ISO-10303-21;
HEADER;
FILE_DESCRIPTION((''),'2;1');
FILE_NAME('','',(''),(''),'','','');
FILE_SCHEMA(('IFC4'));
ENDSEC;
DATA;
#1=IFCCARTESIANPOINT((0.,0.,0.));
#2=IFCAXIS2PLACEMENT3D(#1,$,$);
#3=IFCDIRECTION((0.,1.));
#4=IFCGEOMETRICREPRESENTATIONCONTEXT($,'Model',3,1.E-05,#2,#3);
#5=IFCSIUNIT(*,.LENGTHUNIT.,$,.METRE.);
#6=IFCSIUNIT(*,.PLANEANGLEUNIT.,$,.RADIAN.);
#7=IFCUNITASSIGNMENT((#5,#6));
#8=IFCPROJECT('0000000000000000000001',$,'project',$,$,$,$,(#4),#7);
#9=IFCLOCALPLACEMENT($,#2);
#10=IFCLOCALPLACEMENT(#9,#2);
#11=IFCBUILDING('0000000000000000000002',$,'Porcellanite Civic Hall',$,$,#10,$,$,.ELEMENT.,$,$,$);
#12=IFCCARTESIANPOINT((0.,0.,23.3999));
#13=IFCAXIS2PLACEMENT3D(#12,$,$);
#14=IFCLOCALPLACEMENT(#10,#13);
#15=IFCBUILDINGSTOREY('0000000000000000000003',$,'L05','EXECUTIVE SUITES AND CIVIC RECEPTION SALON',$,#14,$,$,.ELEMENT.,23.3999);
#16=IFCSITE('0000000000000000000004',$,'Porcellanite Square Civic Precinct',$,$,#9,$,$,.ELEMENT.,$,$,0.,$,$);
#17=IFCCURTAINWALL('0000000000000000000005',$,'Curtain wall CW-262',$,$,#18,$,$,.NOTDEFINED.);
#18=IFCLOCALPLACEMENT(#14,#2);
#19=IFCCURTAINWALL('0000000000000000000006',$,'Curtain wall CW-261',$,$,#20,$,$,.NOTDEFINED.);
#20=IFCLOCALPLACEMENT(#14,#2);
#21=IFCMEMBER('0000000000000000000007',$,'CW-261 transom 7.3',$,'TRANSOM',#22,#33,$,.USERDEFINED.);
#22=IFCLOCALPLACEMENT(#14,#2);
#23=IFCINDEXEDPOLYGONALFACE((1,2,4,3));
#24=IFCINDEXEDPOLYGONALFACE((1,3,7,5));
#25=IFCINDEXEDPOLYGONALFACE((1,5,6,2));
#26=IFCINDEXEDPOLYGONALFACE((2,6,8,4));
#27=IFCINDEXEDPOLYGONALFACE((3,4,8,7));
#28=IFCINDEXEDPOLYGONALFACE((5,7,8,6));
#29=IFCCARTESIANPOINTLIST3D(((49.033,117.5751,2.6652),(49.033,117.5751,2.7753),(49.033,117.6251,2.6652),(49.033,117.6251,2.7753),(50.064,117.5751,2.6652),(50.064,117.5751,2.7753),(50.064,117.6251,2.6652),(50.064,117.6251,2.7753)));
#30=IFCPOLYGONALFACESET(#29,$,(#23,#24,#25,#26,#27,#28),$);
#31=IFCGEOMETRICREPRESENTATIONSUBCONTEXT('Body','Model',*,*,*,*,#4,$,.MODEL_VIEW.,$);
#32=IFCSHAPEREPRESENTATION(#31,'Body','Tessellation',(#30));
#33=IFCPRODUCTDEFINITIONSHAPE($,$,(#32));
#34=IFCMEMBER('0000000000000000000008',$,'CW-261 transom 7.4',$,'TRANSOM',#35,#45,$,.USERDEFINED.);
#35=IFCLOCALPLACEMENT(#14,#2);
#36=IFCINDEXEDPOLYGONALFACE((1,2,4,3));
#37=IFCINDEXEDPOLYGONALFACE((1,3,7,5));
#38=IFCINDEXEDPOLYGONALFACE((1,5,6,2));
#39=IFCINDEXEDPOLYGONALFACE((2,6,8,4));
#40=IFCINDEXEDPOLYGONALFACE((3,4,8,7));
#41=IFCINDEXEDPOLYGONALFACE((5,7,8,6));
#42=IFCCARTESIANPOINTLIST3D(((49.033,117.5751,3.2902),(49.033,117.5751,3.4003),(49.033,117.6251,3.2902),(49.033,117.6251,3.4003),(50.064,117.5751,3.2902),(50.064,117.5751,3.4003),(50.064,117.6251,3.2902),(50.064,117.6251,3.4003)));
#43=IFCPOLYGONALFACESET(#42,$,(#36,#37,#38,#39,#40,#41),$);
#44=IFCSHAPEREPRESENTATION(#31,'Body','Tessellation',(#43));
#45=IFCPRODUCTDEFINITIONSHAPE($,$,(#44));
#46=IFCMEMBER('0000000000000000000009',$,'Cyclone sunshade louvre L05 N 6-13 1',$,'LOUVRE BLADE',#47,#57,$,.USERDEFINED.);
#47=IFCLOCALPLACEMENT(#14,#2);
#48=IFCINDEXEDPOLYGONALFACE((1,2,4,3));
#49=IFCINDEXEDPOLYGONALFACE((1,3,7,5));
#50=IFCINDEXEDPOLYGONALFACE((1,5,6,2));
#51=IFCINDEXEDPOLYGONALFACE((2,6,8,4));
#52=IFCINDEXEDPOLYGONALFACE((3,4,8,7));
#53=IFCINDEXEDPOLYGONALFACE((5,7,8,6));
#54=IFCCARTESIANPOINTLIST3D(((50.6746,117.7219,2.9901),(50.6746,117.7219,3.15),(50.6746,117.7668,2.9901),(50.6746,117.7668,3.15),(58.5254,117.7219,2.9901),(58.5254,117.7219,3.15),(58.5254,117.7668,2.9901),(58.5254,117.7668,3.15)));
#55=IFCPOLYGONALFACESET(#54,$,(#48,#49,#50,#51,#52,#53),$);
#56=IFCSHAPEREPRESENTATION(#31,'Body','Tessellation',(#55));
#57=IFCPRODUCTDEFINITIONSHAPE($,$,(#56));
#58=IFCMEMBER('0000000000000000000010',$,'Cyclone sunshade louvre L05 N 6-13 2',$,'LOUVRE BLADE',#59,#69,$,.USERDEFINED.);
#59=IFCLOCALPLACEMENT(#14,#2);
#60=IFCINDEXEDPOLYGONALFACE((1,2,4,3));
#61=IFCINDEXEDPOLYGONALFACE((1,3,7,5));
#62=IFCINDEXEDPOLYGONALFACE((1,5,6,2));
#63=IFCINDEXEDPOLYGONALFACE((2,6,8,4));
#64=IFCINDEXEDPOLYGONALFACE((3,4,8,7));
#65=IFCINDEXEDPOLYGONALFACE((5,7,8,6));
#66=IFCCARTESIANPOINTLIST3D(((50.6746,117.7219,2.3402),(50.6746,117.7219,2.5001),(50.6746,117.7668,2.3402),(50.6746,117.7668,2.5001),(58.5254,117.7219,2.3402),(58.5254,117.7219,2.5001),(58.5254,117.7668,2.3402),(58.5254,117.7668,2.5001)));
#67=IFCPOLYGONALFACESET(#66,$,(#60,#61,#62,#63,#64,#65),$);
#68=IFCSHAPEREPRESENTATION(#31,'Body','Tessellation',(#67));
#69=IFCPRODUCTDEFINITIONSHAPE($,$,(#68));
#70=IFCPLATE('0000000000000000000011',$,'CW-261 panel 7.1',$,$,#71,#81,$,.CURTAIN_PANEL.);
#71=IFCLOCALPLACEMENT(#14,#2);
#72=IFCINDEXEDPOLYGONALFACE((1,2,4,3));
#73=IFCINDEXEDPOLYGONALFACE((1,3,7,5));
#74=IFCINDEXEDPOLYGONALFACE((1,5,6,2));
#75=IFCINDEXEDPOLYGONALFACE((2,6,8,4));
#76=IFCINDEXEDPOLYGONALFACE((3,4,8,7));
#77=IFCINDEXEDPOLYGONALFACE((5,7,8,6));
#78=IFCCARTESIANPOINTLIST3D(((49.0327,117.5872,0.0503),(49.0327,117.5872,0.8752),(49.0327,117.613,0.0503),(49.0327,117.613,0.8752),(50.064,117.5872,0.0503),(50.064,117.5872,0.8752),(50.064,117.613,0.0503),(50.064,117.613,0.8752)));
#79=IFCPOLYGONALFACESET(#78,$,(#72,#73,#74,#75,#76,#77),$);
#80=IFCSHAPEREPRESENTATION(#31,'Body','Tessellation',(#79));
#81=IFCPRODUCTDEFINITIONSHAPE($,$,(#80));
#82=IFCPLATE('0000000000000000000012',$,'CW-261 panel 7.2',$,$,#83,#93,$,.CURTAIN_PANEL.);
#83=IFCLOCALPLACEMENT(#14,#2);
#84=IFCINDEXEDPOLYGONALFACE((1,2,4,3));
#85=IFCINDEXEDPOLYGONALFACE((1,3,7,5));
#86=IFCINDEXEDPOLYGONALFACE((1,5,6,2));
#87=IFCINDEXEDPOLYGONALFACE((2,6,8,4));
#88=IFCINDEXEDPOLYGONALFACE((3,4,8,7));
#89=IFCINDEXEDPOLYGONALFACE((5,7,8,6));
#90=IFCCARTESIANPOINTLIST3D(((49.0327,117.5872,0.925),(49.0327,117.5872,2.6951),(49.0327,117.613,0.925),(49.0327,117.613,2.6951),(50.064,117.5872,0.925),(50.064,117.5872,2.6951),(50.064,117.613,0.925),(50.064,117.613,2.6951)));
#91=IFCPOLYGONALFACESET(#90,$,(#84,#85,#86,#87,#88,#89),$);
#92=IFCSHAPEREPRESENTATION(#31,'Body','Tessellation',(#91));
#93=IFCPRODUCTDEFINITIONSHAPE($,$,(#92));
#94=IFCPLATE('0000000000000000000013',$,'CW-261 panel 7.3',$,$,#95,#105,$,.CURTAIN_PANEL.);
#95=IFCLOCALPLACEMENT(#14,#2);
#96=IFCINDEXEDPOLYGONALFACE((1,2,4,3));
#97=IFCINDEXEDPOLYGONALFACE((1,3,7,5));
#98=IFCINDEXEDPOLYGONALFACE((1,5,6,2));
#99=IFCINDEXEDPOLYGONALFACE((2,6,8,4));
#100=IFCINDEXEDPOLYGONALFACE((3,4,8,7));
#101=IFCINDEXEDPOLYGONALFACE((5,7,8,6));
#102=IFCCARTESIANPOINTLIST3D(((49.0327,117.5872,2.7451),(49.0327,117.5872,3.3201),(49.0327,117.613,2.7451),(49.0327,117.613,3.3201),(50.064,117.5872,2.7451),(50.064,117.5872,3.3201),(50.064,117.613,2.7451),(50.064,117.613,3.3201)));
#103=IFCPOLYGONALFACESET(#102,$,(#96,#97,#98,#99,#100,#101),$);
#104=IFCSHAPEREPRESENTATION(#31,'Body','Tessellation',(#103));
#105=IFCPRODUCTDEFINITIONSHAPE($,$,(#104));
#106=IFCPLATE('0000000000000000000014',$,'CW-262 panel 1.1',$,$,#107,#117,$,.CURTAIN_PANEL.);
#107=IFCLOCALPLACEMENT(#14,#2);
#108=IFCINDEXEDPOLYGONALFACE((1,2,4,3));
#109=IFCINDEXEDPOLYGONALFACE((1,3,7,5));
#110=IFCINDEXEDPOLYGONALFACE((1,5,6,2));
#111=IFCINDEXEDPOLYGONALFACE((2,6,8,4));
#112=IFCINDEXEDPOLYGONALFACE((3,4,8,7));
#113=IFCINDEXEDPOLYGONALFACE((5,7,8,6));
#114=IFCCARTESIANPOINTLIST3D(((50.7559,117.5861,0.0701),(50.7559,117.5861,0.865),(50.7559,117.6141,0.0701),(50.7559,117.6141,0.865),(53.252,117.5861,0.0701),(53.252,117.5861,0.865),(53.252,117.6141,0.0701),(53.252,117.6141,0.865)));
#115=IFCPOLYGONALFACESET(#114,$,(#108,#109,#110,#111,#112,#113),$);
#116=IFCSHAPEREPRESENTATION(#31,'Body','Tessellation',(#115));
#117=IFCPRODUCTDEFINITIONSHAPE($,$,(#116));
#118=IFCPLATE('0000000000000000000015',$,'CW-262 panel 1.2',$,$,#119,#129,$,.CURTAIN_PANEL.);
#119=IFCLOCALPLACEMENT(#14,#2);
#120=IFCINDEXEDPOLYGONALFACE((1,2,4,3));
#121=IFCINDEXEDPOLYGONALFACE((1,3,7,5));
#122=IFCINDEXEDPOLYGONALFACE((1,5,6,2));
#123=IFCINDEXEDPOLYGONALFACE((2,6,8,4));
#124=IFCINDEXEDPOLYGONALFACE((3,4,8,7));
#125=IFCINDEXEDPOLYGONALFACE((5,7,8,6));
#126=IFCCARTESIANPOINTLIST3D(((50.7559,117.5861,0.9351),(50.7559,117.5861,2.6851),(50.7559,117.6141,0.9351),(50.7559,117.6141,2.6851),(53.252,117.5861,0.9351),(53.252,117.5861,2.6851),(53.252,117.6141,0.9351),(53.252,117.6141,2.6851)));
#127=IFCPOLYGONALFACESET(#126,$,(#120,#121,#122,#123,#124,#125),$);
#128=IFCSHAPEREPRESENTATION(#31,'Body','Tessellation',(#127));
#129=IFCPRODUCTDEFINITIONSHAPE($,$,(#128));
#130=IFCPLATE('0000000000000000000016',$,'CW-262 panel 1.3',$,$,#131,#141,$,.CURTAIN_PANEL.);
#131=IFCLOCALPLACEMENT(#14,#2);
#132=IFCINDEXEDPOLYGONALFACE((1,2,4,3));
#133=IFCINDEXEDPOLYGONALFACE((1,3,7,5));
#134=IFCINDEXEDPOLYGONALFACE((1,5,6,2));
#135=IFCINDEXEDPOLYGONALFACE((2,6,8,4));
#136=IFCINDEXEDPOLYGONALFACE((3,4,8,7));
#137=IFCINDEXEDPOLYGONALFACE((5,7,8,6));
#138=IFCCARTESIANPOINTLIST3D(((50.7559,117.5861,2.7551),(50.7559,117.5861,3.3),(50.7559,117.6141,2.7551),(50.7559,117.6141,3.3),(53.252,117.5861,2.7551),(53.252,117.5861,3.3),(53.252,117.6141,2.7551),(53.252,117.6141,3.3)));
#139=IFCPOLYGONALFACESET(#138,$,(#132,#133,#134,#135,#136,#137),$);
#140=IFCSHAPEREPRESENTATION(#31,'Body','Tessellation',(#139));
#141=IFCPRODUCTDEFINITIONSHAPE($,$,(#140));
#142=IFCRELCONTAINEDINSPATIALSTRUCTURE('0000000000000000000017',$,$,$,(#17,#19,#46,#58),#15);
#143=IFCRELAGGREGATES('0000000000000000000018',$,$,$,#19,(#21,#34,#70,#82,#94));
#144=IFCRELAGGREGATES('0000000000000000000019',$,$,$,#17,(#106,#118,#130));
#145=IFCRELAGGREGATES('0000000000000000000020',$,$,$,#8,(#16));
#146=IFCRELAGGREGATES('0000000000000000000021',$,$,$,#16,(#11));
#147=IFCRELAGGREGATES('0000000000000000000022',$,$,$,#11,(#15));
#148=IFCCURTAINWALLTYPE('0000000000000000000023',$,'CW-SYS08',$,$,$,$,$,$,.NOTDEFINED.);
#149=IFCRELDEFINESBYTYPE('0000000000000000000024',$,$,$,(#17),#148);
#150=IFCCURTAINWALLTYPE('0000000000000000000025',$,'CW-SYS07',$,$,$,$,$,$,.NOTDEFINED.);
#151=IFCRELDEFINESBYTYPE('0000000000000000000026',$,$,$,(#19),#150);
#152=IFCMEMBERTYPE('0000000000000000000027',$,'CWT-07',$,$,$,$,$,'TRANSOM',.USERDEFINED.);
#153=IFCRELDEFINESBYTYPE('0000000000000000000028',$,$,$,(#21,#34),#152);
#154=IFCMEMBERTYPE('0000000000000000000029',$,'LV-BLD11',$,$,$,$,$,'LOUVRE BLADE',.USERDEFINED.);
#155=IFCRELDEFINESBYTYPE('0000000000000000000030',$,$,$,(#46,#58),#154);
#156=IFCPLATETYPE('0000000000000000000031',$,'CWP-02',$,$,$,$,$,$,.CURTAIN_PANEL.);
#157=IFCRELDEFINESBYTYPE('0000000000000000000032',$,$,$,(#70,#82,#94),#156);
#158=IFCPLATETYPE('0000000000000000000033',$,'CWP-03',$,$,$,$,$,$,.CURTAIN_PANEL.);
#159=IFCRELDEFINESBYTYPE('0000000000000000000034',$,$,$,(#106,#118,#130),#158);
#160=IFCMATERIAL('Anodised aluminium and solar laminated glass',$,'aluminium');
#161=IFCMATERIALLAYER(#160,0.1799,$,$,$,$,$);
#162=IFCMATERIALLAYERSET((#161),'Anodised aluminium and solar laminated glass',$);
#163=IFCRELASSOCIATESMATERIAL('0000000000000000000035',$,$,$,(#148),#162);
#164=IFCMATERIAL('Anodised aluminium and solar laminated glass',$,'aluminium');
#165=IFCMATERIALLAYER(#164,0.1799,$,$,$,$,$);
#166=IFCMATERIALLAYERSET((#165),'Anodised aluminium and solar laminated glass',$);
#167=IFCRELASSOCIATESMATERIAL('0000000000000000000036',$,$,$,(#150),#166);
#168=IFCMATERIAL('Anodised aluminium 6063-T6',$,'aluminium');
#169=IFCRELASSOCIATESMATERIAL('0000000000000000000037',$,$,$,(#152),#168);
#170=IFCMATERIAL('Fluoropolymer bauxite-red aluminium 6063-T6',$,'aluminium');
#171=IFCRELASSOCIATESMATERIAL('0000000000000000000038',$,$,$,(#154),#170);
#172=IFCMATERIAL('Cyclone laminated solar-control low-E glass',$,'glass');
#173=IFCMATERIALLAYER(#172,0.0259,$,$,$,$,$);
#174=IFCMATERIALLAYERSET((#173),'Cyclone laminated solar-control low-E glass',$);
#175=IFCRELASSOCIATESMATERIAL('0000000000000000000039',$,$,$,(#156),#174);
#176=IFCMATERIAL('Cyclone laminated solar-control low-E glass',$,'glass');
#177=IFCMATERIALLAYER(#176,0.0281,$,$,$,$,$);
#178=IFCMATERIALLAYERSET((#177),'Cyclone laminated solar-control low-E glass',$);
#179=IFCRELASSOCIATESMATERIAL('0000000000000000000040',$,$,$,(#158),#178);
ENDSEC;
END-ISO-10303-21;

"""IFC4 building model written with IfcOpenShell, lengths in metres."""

from ifc_helpers import new_model, si_unit, direction, frame, origin, origin_2d, place, context, subcontext, project, spatial, rectangle, extrude, material, layer, layer_set, material_profile, profile_set, type_object, element, aggregate, save


model = new_model("IFC4")

# Units and contexts
model_context = context("Model", 3, precision=1e-05, world=origin(), true_north=direction((0.0, 1.0)))
body_context = subcontext(model_context, "Body", "Model", "MODEL_VIEW")
ifc_project = project(units=[si_unit("LENGTHUNIT", "METRE"), si_unit("PLANEANGLEUNIT", "RADIAN")], contexts=[model_context])

# Site, building, storey
site_placement = place(None, origin())
site = spatial("IfcSite", under=ifc_project, at=site_placement, Name="Porcellanite Square Civic Precinct", CompositionType="ELEMENT", RefElevation=0.0)
building_placement = place(site_placement, origin())
building = spatial("IfcBuilding", under=site, at=building_placement, Name="Porcellanite Civic Hall", CompositionType="ELEMENT")
storey_placement = place(building_placement, frame((0.0, 0.0, 23.3999)))
storey = spatial("IfcBuildingStorey", under=building, at=storey_placement, Name="L05", Description="EXECUTIVE SUITES AND CIVIC RECEPTION SALON", CompositionType="ELEMENT", Elevation=23.3999)

# Curtain wall
ifc_material_1 = material(Name="Anodised aluminium and solar laminated glass", Category="aluminium")
ifc_layer_1 = layer(ifc_material_1, 0.1799)
ifc_layer_set_1 = layer_set([ifc_layer_1], Name="Anodised aluminium and solar laminated glass")
curtain_wall_type_1 = type_object("IfcCurtainWallType", Name="CW-SYS08", PredefinedType="NOTDEFINED", material=ifc_layer_set_1)
curtain_wall_1_placement = place(storey_placement, origin())
curtain_wall_1 = element("IfcCurtainWall", 1, at=curtain_wall_1_placement, inside=storey, type_object=curtain_wall_type_1, Name="Curtain wall CW-262", PredefinedType="NOTDEFINED")

# Curtain wall
ifc_material_2 = material(Name="Anodised aluminium and solar laminated glass", Category="aluminium")
ifc_layer_2 = layer(ifc_material_2, 0.1799)
ifc_layer_set_2 = layer_set([ifc_layer_2], Name="Anodised aluminium and solar laminated glass")
curtain_wall_type_2 = type_object("IfcCurtainWallType", Name="CW-SYS07", PredefinedType="NOTDEFINED", material=ifc_layer_set_2)
curtain_wall_2_placement = place(storey_placement, origin())
curtain_wall_2 = element("IfcCurtainWall", 2, at=curtain_wall_2_placement, inside=storey, type_object=curtain_wall_type_2, Name="Curtain wall CW-261", PredefinedType="NOTDEFINED")

# Members
ifc_material_3 = material(Name="Anodised aluminium 6063-T6", Category="aluminium")
ifc_material_profile_1 = material_profile(ifc_material_3, rectangle(XDim=0.05, YDim=0.1101, at=origin_2d()), Name="AL-50x110")
ifc_profile_set_1 = profile_set([ifc_material_profile_1], Name="Anodised aluminium 6063-T6")
member_type_1 = type_object("IfcMemberType", Name="CWT-07", ElementType="TRANSOM", PredefinedType="USERDEFINED", material=ifc_profile_set_1)
member_1_placement = place(storey_placement, frame((49.033, 117.6001, 2.7202), z_axis=(1.0, 0.0, 0.0), x_axis=(0.0, 1.0, 0.0)))
member_1 = element("IfcMember", 3, at=member_1_placement, type_object=member_type_1, Name="CW-261 transom 7.3", ObjectType="TRANSOM", PredefinedType="USERDEFINED", context=body_context, shape_type="SweptSolid", body=[
    extrude(rectangle(XDim=0.05, YDim=0.1101, at=origin_2d()), origin(), (0.0, 0.0, 1.0), 1.031),
])
member_2_placement = place(storey_placement, frame((49.033, 117.6001, 3.3452), z_axis=(1.0, 0.0, 0.0), x_axis=(0.0, 1.0, 0.0)))
member_2 = element("IfcMember", 4, at=member_2_placement, type_object=member_type_1, Name="CW-261 transom 7.4", ObjectType="TRANSOM", PredefinedType="USERDEFINED", context=body_context, shape_type="SweptSolid", body=[
    extrude(rectangle(XDim=0.05, YDim=0.1101, at=origin_2d()), origin(), (0.0, 0.0, 1.0), 1.031),
])

# Members
ifc_material_4 = material(Name="Fluoropolymer bauxite-red aluminium 6063-T6", Category="aluminium")
ifc_material_profile_2 = material_profile(ifc_material_4, rectangle(XDim=0.0449, YDim=0.1599, at=origin_2d()), Name="AL-45x160")
ifc_profile_set_2 = profile_set([ifc_material_profile_2], Name="Fluoropolymer bauxite-red aluminium 6063-T6")
member_type_2 = type_object("IfcMemberType", Name="LV-BLD11", ElementType="LOUVRE BLADE", PredefinedType="USERDEFINED", material=ifc_profile_set_2)
for number, where, z_axis, x_axis, name in (
    (5, (50.6746, 117.7444, 3.0701), (1.0, 0.0, 0.0), (0.0, 1.0, 0.0), "Cyclone sunshade louvre L05 N 6-13 1"),
    (6, (50.6746, 117.7444, 2.4202), (1.0, 0.0, 0.0), (0.0, 1.0, 0.0), "Cyclone sunshade louvre L05 N 6-13 2"),
):
    element("IfcMember", number, at=place(storey_placement, frame(where, z_axis=z_axis, x_axis=x_axis)), inside=storey, type_object=member_type_2, Name=name, ObjectType="LOUVRE BLADE", PredefinedType="USERDEFINED", context=body_context, shape_type="SweptSolid", body=[
        extrude(rectangle(XDim=0.0449, YDim=0.1599, at=origin_2d()), origin(), (0.0, 0.0, 1.0), 7.8508),
    ])

# Plates
ifc_material_5 = material(Name="Cyclone laminated solar-control low-E glass", Category="glass")
ifc_layer_3 = layer(ifc_material_5, 0.0259)
ifc_layer_set_3 = layer_set([ifc_layer_3], Name="Cyclone laminated solar-control low-E glass")
plate_type_1 = type_object("IfcPlateType", Name="CWP-02", PredefinedType="CURTAIN_PANEL", material=ifc_layer_set_3)
plate_1_placement = place(storey_placement, frame((49.5483, 117.6001, 0.0503), z_axis=(0.0, 0.0, 1.0), x_axis=(1.0, 0.0, 0.0)))
plate_1 = element("IfcPlate", 7, at=plate_1_placement, type_object=plate_type_1, Name="CW-261 panel 7.1", PredefinedType="CURTAIN_PANEL", context=body_context, shape_type="SweptSolid", body=[
    extrude(rectangle(XDim=1.0312, YDim=0.0259, at=origin_2d()), origin(), (0.0, 0.0, 1.0), 0.825),
])
plate_2_placement = place(storey_placement, frame((49.5483, 117.6001, 0.925), z_axis=(0.0, 0.0, 1.0), x_axis=(1.0, 0.0, 0.0)))
plate_2 = element("IfcPlate", 8, at=plate_2_placement, type_object=plate_type_1, Name="CW-261 panel 7.2", PredefinedType="CURTAIN_PANEL", context=body_context, shape_type="SweptSolid", body=[
    extrude(rectangle(XDim=1.0312, YDim=0.0259, at=origin_2d()), origin(), (0.0, 0.0, 1.0), 1.77),
])
plate_3_placement = place(storey_placement, frame((49.5483, 117.6001, 2.7451), z_axis=(0.0, 0.0, 1.0), x_axis=(1.0, 0.0, 0.0)))
plate_3 = element("IfcPlate", 9, at=plate_3_placement, type_object=plate_type_1, Name="CW-261 panel 7.3", PredefinedType="CURTAIN_PANEL", context=body_context, shape_type="SweptSolid", body=[
    extrude(rectangle(XDim=1.0312, YDim=0.0259, at=origin_2d()), origin(), (0.0, 0.0, 1.0), 0.575),
])
aggregate(curtain_wall_2, [member_1, member_2, plate_1, plate_2, plate_3])
ifc_material_6 = material(Name="Cyclone laminated solar-control low-E glass", Category="glass")
ifc_layer_4 = layer(ifc_material_6, 0.0281)
ifc_layer_set_4 = layer_set([ifc_layer_4], Name="Cyclone laminated solar-control low-E glass")
plate_type_2 = type_object("IfcPlateType", Name="CWP-03", PredefinedType="CURTAIN_PANEL", material=ifc_layer_set_4)
plate_4_placement = place(storey_placement, frame((52.0039, 117.6001, 0.0701), z_axis=(0.0, 0.0, 1.0), x_axis=(1.0, 0.0, 0.0)))
plate_4 = element("IfcPlate", 10, at=plate_4_placement, type_object=plate_type_2, Name="CW-262 panel 1.1", PredefinedType="CURTAIN_PANEL", context=body_context, shape_type="SweptSolid", body=[
    extrude(rectangle(XDim=2.4961, YDim=0.0281, at=origin_2d()), origin(), (0.0, 0.0, 1.0), 0.7949),
])
plate_5_placement = place(storey_placement, frame((52.0039, 117.6001, 0.9351), z_axis=(0.0, 0.0, 1.0), x_axis=(1.0, 0.0, 0.0)))
plate_5 = element("IfcPlate", 11, at=plate_5_placement, type_object=plate_type_2, Name="CW-262 panel 1.2", PredefinedType="CURTAIN_PANEL", context=body_context, shape_type="SweptSolid", body=[
    extrude(rectangle(XDim=2.4961, YDim=0.0281, at=origin_2d()), origin(), (0.0, 0.0, 1.0), 1.75),
])
plate_6_placement = place(storey_placement, frame((52.0039, 117.6001, 2.7551), z_axis=(0.0, 0.0, 1.0), x_axis=(1.0, 0.0, 0.0)))
plate_6 = element("IfcPlate", 12, at=plate_6_placement, type_object=plate_type_2, Name="CW-262 panel 1.3", PredefinedType="CURTAIN_PANEL", context=body_context, shape_type="SweptSolid", body=[
    extrude(rectangle(XDim=2.4961, YDim=0.0281, at=origin_2d()), origin(), (0.0, 0.0, 1.0), 0.5449),
])
aggregate(curtain_wall_1, [plate_4, plate_5, plate_6])

save(model, "model.ifc")
